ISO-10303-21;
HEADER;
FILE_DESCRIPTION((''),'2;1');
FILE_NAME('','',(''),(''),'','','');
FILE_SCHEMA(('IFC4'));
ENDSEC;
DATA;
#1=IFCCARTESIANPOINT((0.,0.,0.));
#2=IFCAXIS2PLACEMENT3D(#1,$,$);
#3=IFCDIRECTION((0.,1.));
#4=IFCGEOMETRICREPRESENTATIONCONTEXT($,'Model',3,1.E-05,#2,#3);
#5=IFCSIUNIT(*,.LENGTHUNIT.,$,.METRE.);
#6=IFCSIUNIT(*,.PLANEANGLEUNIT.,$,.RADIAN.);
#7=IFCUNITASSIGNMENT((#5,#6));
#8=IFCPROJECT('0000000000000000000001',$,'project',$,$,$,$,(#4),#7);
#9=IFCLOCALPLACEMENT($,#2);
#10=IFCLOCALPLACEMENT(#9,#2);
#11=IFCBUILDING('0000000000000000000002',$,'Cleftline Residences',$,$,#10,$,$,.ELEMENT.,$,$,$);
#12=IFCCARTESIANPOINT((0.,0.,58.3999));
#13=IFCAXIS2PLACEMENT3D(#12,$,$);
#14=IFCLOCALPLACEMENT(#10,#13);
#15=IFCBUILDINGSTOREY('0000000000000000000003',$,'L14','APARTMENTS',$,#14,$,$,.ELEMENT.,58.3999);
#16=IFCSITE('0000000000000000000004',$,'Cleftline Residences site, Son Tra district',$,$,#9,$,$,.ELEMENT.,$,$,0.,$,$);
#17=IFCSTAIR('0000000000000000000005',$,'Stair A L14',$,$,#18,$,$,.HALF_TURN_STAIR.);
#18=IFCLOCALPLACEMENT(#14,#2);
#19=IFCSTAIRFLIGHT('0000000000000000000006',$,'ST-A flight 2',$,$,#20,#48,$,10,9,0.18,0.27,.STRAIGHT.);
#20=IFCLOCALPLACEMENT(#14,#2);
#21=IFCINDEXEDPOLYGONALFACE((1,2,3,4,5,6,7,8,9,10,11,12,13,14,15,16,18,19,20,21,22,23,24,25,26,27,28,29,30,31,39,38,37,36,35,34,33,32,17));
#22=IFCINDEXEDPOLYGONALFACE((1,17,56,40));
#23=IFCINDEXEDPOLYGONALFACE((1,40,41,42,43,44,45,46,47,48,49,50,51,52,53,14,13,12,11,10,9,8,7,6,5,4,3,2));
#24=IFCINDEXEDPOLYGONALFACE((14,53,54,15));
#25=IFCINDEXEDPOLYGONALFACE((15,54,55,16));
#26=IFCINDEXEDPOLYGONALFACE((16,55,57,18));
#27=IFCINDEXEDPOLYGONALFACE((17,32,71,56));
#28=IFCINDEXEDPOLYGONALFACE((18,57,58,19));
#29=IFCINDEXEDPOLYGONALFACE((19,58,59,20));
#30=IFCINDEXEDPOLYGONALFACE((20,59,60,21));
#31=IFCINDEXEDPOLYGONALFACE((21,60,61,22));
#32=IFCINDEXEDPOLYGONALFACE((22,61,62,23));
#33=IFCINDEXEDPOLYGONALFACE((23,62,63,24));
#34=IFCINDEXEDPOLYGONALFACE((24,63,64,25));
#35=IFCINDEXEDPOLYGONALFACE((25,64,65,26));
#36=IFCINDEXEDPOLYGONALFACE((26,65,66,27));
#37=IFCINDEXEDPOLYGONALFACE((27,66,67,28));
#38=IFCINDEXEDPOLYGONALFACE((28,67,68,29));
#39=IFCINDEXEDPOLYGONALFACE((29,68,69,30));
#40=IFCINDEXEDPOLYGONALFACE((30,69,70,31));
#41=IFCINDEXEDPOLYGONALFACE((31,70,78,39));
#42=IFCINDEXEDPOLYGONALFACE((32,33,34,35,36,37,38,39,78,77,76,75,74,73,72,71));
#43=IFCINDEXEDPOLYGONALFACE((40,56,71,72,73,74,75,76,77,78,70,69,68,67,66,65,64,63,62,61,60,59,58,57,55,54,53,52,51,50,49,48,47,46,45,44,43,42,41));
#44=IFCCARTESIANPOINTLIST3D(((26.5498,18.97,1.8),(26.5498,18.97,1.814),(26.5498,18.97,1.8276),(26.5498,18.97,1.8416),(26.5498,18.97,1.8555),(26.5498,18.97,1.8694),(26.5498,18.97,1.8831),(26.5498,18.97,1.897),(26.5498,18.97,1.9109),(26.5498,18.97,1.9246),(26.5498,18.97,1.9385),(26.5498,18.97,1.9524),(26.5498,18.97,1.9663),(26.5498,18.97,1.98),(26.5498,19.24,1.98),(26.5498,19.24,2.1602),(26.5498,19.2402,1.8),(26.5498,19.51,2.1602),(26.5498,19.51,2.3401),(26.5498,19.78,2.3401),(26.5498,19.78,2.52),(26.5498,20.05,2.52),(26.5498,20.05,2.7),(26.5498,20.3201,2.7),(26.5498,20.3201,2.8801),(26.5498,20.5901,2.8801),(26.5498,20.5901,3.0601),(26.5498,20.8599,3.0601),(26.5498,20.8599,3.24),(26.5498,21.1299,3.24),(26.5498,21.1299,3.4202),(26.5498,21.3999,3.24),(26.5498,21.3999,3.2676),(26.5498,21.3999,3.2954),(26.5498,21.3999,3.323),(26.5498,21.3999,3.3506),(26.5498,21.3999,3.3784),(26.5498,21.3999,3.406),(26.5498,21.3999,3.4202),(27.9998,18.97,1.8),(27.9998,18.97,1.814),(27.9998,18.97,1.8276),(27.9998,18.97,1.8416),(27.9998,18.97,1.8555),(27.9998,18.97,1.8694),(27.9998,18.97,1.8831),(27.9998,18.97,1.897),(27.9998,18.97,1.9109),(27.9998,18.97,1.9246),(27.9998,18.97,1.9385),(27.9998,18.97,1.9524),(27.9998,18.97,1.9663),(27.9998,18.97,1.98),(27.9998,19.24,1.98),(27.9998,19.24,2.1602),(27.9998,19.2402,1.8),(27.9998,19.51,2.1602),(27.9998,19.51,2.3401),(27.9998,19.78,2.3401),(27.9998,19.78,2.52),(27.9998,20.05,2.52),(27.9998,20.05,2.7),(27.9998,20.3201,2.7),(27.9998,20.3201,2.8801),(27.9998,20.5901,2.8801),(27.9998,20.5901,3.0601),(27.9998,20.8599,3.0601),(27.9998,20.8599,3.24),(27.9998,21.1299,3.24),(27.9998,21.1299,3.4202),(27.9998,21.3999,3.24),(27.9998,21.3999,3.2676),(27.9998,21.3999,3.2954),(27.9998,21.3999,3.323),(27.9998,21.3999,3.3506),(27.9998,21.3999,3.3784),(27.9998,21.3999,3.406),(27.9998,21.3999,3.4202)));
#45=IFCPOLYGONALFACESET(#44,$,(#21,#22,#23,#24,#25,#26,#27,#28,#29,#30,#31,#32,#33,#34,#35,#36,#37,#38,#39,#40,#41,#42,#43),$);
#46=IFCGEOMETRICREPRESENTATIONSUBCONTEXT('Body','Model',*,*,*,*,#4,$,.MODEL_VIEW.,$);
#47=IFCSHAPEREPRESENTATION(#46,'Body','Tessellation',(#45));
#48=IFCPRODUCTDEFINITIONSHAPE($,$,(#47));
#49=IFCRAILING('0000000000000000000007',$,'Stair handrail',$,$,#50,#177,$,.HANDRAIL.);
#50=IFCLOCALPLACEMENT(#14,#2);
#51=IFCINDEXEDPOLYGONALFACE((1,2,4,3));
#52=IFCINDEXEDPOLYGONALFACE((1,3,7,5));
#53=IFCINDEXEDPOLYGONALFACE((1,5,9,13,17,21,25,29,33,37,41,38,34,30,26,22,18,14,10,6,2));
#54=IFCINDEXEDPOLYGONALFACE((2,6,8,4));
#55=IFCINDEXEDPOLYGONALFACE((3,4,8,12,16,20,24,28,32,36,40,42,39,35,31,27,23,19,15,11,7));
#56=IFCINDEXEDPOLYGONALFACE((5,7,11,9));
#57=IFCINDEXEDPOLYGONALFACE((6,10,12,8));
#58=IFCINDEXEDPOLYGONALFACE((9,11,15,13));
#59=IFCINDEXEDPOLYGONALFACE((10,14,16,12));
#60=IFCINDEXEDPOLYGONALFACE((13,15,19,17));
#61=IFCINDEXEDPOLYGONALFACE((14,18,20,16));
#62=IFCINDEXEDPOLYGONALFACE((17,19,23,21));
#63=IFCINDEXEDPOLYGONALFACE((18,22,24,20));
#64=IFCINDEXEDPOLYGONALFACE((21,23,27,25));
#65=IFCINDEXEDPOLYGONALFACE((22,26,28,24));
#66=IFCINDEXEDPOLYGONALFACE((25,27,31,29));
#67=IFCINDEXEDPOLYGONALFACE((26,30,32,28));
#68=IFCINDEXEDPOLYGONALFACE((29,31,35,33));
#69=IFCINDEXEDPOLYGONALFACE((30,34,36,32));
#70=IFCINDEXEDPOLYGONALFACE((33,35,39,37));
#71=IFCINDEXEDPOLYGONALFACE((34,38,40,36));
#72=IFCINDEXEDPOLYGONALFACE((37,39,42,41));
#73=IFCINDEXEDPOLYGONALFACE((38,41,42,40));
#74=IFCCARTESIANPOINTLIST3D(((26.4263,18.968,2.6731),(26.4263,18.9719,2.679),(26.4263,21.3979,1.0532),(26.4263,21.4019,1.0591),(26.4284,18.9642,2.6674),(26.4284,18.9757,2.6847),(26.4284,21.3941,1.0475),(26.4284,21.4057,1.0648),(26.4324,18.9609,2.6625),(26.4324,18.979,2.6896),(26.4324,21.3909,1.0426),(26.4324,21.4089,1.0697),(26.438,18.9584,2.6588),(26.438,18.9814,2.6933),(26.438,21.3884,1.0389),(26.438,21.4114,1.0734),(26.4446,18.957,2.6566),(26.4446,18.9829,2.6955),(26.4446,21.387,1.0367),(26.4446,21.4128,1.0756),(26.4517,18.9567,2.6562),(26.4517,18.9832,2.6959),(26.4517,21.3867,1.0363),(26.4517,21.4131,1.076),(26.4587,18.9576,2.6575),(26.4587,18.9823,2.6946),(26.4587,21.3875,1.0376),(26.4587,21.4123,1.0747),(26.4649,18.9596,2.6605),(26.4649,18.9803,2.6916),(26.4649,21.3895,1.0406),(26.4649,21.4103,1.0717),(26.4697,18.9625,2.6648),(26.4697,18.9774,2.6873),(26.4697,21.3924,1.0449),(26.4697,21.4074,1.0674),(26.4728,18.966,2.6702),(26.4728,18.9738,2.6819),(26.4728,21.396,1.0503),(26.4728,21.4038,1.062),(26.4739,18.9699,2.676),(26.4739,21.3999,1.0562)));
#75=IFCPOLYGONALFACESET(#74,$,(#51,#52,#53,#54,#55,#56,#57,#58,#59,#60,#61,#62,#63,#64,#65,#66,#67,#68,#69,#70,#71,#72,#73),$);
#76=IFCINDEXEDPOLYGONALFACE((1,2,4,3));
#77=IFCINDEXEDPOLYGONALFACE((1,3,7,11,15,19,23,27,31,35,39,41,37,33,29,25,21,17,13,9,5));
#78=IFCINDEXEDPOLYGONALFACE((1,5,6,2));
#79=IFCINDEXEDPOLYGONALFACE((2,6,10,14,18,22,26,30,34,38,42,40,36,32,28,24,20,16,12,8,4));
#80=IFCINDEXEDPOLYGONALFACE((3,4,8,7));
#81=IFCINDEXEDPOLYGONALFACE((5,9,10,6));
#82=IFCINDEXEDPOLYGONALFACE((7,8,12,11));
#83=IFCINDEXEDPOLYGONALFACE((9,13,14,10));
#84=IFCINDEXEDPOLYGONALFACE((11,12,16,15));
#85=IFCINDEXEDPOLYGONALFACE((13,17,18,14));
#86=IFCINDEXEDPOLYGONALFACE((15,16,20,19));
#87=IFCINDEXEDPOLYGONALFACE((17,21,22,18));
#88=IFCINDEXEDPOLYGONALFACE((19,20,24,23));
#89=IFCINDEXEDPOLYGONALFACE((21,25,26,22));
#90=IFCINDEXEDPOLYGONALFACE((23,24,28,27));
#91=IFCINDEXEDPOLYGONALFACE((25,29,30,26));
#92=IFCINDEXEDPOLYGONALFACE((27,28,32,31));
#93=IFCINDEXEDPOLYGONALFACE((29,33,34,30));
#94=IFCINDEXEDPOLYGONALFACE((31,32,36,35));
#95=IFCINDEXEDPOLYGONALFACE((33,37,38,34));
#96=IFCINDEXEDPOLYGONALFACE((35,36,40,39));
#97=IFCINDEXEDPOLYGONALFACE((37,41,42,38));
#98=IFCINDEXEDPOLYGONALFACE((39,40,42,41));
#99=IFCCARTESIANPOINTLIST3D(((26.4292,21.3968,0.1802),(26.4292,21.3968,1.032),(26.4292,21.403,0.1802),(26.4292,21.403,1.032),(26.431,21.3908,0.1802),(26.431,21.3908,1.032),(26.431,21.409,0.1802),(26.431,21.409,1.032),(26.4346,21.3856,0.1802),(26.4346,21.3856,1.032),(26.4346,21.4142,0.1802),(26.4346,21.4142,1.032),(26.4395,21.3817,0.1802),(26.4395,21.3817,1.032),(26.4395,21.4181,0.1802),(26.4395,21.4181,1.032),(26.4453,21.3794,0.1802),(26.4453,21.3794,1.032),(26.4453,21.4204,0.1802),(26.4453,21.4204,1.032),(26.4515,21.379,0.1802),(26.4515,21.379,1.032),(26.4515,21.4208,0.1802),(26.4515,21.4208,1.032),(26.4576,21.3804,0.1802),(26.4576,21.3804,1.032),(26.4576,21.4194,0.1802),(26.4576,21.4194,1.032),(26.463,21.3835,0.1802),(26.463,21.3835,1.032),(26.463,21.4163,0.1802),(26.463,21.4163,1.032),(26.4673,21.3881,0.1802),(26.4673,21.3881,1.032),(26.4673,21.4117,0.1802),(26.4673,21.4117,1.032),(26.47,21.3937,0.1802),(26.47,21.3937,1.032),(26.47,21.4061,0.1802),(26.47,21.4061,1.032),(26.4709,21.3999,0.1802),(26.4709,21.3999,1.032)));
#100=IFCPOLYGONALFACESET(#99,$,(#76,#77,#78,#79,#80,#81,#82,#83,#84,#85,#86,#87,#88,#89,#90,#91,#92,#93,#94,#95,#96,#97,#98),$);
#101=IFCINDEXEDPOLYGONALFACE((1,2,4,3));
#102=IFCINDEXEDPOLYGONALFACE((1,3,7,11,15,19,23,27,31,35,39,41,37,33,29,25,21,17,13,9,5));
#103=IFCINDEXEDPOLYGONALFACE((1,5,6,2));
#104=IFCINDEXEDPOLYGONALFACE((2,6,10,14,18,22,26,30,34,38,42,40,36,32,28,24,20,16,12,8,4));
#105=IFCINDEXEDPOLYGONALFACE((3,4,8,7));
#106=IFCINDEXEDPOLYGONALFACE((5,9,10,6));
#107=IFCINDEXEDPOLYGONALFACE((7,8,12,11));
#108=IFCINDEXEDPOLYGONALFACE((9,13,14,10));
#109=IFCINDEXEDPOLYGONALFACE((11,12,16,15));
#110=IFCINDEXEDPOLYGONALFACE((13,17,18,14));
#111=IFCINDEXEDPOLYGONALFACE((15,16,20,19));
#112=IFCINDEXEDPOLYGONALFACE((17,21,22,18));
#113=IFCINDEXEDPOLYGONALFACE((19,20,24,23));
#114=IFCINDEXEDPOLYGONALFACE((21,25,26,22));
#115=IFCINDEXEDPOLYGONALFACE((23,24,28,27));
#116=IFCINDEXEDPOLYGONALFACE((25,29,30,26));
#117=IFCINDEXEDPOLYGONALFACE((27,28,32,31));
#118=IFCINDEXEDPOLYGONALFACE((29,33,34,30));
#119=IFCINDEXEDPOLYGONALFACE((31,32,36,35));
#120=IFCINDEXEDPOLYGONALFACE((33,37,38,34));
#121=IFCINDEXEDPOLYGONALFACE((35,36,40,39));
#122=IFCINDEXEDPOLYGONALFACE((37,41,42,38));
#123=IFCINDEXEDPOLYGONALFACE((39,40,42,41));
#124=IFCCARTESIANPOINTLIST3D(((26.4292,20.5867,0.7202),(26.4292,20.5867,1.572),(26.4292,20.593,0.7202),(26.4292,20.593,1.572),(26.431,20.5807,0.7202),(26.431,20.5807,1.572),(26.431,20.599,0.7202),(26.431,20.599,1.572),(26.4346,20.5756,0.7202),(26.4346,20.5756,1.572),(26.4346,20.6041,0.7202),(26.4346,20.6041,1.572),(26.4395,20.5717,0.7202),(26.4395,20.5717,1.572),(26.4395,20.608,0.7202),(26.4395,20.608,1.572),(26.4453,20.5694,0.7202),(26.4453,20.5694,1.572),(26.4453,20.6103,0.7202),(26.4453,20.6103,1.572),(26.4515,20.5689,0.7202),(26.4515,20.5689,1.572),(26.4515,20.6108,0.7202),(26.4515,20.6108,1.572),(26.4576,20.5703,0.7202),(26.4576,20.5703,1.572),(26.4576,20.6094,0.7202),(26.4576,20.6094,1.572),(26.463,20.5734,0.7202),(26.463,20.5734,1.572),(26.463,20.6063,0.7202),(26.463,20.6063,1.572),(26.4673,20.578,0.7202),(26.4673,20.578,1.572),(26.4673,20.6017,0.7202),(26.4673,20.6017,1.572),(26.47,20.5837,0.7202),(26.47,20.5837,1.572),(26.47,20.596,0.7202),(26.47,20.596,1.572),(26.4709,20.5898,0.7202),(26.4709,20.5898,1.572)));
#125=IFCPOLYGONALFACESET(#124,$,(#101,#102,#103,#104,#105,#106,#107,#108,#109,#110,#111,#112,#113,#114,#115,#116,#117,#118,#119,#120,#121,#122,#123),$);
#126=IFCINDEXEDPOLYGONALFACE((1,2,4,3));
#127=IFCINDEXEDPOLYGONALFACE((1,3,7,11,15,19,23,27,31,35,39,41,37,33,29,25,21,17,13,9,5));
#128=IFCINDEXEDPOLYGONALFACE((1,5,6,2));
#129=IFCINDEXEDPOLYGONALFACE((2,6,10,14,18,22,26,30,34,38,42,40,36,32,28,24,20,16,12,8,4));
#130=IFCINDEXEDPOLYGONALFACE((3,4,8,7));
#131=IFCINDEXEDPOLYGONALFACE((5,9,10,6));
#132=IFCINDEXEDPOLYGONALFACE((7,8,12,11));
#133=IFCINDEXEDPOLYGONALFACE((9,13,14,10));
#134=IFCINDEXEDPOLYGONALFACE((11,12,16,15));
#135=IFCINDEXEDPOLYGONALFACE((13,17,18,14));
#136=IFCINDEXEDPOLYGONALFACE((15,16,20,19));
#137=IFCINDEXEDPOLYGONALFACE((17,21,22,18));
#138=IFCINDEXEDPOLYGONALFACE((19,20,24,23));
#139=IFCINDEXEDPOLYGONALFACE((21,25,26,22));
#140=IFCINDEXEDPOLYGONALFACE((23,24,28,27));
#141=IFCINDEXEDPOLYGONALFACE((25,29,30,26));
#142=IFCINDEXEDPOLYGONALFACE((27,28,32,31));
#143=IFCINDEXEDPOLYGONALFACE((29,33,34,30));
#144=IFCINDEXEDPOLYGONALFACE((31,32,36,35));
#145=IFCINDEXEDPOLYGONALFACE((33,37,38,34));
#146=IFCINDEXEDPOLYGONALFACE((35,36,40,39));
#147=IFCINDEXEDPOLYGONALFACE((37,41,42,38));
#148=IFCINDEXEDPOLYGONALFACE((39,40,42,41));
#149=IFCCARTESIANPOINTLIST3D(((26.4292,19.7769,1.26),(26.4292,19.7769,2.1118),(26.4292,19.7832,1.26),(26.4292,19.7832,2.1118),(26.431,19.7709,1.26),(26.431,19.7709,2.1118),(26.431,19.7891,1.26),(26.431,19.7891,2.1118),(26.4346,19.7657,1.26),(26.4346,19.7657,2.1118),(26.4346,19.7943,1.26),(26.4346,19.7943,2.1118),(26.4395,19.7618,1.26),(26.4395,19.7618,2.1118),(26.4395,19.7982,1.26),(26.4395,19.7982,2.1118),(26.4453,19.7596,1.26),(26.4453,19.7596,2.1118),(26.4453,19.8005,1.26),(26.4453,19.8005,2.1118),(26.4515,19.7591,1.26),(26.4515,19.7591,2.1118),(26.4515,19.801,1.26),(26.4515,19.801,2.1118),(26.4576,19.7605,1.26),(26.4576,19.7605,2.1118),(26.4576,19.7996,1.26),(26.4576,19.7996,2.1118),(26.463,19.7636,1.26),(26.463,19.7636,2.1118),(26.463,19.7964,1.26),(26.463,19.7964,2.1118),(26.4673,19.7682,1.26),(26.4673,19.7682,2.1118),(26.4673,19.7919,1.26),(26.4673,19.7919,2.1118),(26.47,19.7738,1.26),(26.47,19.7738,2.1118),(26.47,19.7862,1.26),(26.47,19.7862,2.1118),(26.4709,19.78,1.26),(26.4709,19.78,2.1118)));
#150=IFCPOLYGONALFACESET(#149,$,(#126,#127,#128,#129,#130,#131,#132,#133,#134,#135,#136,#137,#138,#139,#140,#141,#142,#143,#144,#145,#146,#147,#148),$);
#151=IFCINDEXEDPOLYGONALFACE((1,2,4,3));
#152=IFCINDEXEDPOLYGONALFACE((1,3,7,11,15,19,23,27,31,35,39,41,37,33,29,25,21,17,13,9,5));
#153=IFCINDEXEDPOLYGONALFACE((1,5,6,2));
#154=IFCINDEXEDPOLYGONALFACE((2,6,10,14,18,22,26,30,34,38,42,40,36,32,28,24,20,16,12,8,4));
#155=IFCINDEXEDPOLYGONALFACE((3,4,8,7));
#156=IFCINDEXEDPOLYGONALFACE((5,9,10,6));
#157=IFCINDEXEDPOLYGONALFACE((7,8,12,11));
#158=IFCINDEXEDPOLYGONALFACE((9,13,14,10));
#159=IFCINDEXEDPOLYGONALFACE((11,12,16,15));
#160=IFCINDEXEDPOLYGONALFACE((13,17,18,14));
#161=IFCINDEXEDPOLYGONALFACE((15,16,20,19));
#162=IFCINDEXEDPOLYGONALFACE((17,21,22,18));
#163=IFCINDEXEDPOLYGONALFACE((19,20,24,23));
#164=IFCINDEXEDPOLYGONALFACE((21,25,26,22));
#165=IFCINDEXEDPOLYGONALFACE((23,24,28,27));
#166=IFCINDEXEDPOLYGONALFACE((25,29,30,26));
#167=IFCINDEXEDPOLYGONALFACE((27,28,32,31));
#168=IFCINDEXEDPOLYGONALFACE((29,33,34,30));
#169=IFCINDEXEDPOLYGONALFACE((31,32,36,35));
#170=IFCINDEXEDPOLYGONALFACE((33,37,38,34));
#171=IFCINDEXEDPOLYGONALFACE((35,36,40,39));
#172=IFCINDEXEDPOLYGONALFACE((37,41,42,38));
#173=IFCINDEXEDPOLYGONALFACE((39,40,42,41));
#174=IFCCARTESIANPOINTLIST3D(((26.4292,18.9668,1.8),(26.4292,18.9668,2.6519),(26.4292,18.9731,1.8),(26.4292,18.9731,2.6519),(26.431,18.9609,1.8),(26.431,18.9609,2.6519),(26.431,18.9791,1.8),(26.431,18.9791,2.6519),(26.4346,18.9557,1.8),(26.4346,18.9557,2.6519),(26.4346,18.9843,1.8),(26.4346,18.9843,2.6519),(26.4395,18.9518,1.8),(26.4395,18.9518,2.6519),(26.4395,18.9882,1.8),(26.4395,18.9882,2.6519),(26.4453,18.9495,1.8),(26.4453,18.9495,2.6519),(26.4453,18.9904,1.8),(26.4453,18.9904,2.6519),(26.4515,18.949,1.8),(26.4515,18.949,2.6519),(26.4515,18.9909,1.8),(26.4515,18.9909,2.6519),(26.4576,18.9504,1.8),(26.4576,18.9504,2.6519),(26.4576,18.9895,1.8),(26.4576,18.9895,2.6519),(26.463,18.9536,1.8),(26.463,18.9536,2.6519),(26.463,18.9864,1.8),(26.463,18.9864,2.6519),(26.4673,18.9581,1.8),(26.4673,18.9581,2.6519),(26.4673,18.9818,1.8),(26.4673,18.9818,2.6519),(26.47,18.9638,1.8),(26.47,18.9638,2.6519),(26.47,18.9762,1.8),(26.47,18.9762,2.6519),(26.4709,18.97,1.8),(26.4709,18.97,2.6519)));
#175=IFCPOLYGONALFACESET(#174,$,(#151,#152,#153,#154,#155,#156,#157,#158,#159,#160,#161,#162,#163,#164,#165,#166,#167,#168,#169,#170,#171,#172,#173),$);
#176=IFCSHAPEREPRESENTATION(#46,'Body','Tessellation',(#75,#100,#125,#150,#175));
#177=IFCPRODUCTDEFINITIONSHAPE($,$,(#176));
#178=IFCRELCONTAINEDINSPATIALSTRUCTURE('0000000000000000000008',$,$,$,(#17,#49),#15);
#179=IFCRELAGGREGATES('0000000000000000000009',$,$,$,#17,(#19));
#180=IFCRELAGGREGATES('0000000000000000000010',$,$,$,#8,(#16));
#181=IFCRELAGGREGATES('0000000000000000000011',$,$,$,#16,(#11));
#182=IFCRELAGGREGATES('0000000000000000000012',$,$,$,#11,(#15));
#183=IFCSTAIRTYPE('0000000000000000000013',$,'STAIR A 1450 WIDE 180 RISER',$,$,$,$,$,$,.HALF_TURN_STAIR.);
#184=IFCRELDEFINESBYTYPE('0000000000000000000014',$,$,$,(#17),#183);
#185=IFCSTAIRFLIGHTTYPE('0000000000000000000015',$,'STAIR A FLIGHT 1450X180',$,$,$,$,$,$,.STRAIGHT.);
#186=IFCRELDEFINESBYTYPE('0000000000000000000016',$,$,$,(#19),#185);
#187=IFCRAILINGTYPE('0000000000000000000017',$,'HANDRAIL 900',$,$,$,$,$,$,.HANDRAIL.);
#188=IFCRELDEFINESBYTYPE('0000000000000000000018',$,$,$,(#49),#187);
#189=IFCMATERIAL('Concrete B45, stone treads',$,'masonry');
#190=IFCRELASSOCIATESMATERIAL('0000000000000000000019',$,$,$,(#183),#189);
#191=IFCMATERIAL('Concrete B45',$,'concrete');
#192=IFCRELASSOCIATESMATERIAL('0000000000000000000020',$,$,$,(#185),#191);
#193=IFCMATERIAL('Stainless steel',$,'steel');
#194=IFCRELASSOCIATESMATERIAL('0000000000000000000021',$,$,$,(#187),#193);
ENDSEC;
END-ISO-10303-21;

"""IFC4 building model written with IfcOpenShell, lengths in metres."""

from ifc_helpers import new_model, si_unit, direction, frame, origin, origin_2d, place, context, subcontext, project, spatial, polyline, circle, outline, extrude, material, type_object, element, aggregate, save


model = new_model("IFC4")

# Units and contexts
model_context = context("Model", 3, precision=1e-05, world=origin(), true_north=direction((0.0, 1.0)))
body_context = subcontext(model_context, "Body", "Model", "MODEL_VIEW")
ifc_project = project(units=[si_unit("LENGTHUNIT", "METRE"), si_unit("PLANEANGLEUNIT", "RADIAN")], contexts=[model_context])

# Site, building, storey
site_placement = place(None, origin())
site = spatial("IfcSite", under=ifc_project, at=site_placement, Name="Cleftline Residences site, Son Tra district", CompositionType="ELEMENT", RefElevation=0.0)
building_placement = place(site_placement, origin())
building = spatial("IfcBuilding", under=site, at=building_placement, Name="Cleftline Residences", CompositionType="ELEMENT")
storey_placement = place(building_placement, frame((0.0, 0.0, 58.3999)))
storey = spatial("IfcBuildingStorey", under=building, at=storey_placement, Name="L14", Description="APARTMENTS", CompositionType="ELEMENT", Elevation=58.3999)

# Stair, stair flight
ifc_material_1 = material(Name="Concrete B45, stone treads", Category="masonry")
stair_type = type_object("IfcStairType", Name="STAIR A 1450 WIDE 180 RISER", PredefinedType="HALF_TURN_STAIR", material=ifc_material_1)
stair_placement = place(storey_placement, origin())
stair = element("IfcStair", 1, at=stair_placement, inside=storey, type_object=stair_type, Name="Stair A L14", PredefinedType="HALF_TURN_STAIR")
ifc_material_2 = material(Name="Concrete B45", Category="concrete")
stair_flight_type = type_object("IfcStairFlightType", Name="STAIR A FLIGHT 1450X180", PredefinedType="STRAIGHT", material=ifc_material_2)
stair_flight_1_placement = place(storey_placement, frame((27.2749, 18.97, 1.8), z_axis=(0.0, 0.0, 1.0), x_axis=(0.0, 1.0, 0.0)))
stair_flight_1 = element("IfcStairFlight", 2, at=stair_flight_1_placement, type_object=stair_flight_type, Name="ST-A flight 2", NumberOfRisers=10, NumberOfTreads=9, PredefinedType="STRAIGHT", RiserHeight=0.18, TreadLength=0.27, context=body_context, shape_type="SweptSolid", body=[
    extrude(outline(polyline([(0.0, 0.0), (0.0, 0.0139), (0.0, 0.0276), (0.0, 0.0415), (0.0, 0.0554), (0.0, 0.0693), (0.0, 0.083), (0.0, 0.0969), (0.0, 0.1108), (0.0, 0.1245), (0.0, 0.1384), (0.0, 0.1523), (0.0, 0.1663), (0.0, 0.1799), (0.27, 0.1799), (0.27, 0.3601), (0.54, 0.3601), (0.54, 0.54), (0.8101, 0.54), (0.8101, 0.72), (1.0801, 0.72), (1.0801, 0.8999), (1.3501, 0.8999), (1.3501, 1.0801), (1.6201, 1.0801), (1.6201, 1.26), (1.8899, 1.26), (1.8899, 1.4399), (2.1599, 1.4399), (2.1599, 1.6201), (2.4299, 1.6201), (2.4299, 1.8), (2.4299, 1.7722), (2.4299, 1.7446), (2.4299, 1.7168), (2.4299, 1.6892), (2.4299, 1.6614), (2.4299, 1.6338), (2.4299, 1.606), (2.4299, 1.5784), (2.4299, 1.5505), (2.4299, 1.5229), (2.4299, 1.4954), (2.4299, 1.4675), (2.4299, 1.4399), (0.2703, 0.0), (0.0, 0.0)])), frame((0.0, 0.7251, 0.0), z_axis=(0.0, -1.0, 0.0), x_axis=(1.0, 0.0, 0.0)), (0.0, 0.0, 1.0), 1.45),
])
aggregate(stair, [stair_flight_1])

# Railing
ifc_material_3 = material(Name="Stainless steel", Category="steel")
railing_type = type_object("IfcRailingType", Name="HANDRAIL 900", PredefinedType="HANDRAIL", material=ifc_material_3)
railing_1_placement = place(storey_placement, frame((26.45, 21.3999, 0.1802)))
element("IfcRailing", 3, at=railing_1_placement, inside=storey, type_object=railing_type, Name="Stair handrail", PredefinedType="HANDRAIL", context=body_context, shape_type="SweptSolid", body=[
    extrude(circle(Radius=0.0239, at=origin_2d()), frame((0.0, 0.0, 0.876), z_axis=(0.0, -0.832063, 0.554681), x_axis=(1.0, 0.0, 0.0)), (0.0, 0.0, 1.0), 2.9204),
    extrude(circle(Radius=0.021, at=origin_2d()), origin(), (0.0, 0.0, 1.0), 0.8518),
    extrude(circle(Radius=0.021, at=origin_2d()), frame((0.0, -0.8101, 0.54)), (0.0, 0.0, 1.0), 0.8518),
    extrude(circle(Radius=0.021, at=origin_2d()), frame((0.0, -1.6199, 1.0798)), (0.0, 0.0, 1.0), 0.8518),
    extrude(circle(Radius=0.021, at=origin_2d()), frame((0.0, -2.4299, 1.6199)), (0.0, 0.0, 1.0), 0.8518),
])

save(model, "model.ifc")
